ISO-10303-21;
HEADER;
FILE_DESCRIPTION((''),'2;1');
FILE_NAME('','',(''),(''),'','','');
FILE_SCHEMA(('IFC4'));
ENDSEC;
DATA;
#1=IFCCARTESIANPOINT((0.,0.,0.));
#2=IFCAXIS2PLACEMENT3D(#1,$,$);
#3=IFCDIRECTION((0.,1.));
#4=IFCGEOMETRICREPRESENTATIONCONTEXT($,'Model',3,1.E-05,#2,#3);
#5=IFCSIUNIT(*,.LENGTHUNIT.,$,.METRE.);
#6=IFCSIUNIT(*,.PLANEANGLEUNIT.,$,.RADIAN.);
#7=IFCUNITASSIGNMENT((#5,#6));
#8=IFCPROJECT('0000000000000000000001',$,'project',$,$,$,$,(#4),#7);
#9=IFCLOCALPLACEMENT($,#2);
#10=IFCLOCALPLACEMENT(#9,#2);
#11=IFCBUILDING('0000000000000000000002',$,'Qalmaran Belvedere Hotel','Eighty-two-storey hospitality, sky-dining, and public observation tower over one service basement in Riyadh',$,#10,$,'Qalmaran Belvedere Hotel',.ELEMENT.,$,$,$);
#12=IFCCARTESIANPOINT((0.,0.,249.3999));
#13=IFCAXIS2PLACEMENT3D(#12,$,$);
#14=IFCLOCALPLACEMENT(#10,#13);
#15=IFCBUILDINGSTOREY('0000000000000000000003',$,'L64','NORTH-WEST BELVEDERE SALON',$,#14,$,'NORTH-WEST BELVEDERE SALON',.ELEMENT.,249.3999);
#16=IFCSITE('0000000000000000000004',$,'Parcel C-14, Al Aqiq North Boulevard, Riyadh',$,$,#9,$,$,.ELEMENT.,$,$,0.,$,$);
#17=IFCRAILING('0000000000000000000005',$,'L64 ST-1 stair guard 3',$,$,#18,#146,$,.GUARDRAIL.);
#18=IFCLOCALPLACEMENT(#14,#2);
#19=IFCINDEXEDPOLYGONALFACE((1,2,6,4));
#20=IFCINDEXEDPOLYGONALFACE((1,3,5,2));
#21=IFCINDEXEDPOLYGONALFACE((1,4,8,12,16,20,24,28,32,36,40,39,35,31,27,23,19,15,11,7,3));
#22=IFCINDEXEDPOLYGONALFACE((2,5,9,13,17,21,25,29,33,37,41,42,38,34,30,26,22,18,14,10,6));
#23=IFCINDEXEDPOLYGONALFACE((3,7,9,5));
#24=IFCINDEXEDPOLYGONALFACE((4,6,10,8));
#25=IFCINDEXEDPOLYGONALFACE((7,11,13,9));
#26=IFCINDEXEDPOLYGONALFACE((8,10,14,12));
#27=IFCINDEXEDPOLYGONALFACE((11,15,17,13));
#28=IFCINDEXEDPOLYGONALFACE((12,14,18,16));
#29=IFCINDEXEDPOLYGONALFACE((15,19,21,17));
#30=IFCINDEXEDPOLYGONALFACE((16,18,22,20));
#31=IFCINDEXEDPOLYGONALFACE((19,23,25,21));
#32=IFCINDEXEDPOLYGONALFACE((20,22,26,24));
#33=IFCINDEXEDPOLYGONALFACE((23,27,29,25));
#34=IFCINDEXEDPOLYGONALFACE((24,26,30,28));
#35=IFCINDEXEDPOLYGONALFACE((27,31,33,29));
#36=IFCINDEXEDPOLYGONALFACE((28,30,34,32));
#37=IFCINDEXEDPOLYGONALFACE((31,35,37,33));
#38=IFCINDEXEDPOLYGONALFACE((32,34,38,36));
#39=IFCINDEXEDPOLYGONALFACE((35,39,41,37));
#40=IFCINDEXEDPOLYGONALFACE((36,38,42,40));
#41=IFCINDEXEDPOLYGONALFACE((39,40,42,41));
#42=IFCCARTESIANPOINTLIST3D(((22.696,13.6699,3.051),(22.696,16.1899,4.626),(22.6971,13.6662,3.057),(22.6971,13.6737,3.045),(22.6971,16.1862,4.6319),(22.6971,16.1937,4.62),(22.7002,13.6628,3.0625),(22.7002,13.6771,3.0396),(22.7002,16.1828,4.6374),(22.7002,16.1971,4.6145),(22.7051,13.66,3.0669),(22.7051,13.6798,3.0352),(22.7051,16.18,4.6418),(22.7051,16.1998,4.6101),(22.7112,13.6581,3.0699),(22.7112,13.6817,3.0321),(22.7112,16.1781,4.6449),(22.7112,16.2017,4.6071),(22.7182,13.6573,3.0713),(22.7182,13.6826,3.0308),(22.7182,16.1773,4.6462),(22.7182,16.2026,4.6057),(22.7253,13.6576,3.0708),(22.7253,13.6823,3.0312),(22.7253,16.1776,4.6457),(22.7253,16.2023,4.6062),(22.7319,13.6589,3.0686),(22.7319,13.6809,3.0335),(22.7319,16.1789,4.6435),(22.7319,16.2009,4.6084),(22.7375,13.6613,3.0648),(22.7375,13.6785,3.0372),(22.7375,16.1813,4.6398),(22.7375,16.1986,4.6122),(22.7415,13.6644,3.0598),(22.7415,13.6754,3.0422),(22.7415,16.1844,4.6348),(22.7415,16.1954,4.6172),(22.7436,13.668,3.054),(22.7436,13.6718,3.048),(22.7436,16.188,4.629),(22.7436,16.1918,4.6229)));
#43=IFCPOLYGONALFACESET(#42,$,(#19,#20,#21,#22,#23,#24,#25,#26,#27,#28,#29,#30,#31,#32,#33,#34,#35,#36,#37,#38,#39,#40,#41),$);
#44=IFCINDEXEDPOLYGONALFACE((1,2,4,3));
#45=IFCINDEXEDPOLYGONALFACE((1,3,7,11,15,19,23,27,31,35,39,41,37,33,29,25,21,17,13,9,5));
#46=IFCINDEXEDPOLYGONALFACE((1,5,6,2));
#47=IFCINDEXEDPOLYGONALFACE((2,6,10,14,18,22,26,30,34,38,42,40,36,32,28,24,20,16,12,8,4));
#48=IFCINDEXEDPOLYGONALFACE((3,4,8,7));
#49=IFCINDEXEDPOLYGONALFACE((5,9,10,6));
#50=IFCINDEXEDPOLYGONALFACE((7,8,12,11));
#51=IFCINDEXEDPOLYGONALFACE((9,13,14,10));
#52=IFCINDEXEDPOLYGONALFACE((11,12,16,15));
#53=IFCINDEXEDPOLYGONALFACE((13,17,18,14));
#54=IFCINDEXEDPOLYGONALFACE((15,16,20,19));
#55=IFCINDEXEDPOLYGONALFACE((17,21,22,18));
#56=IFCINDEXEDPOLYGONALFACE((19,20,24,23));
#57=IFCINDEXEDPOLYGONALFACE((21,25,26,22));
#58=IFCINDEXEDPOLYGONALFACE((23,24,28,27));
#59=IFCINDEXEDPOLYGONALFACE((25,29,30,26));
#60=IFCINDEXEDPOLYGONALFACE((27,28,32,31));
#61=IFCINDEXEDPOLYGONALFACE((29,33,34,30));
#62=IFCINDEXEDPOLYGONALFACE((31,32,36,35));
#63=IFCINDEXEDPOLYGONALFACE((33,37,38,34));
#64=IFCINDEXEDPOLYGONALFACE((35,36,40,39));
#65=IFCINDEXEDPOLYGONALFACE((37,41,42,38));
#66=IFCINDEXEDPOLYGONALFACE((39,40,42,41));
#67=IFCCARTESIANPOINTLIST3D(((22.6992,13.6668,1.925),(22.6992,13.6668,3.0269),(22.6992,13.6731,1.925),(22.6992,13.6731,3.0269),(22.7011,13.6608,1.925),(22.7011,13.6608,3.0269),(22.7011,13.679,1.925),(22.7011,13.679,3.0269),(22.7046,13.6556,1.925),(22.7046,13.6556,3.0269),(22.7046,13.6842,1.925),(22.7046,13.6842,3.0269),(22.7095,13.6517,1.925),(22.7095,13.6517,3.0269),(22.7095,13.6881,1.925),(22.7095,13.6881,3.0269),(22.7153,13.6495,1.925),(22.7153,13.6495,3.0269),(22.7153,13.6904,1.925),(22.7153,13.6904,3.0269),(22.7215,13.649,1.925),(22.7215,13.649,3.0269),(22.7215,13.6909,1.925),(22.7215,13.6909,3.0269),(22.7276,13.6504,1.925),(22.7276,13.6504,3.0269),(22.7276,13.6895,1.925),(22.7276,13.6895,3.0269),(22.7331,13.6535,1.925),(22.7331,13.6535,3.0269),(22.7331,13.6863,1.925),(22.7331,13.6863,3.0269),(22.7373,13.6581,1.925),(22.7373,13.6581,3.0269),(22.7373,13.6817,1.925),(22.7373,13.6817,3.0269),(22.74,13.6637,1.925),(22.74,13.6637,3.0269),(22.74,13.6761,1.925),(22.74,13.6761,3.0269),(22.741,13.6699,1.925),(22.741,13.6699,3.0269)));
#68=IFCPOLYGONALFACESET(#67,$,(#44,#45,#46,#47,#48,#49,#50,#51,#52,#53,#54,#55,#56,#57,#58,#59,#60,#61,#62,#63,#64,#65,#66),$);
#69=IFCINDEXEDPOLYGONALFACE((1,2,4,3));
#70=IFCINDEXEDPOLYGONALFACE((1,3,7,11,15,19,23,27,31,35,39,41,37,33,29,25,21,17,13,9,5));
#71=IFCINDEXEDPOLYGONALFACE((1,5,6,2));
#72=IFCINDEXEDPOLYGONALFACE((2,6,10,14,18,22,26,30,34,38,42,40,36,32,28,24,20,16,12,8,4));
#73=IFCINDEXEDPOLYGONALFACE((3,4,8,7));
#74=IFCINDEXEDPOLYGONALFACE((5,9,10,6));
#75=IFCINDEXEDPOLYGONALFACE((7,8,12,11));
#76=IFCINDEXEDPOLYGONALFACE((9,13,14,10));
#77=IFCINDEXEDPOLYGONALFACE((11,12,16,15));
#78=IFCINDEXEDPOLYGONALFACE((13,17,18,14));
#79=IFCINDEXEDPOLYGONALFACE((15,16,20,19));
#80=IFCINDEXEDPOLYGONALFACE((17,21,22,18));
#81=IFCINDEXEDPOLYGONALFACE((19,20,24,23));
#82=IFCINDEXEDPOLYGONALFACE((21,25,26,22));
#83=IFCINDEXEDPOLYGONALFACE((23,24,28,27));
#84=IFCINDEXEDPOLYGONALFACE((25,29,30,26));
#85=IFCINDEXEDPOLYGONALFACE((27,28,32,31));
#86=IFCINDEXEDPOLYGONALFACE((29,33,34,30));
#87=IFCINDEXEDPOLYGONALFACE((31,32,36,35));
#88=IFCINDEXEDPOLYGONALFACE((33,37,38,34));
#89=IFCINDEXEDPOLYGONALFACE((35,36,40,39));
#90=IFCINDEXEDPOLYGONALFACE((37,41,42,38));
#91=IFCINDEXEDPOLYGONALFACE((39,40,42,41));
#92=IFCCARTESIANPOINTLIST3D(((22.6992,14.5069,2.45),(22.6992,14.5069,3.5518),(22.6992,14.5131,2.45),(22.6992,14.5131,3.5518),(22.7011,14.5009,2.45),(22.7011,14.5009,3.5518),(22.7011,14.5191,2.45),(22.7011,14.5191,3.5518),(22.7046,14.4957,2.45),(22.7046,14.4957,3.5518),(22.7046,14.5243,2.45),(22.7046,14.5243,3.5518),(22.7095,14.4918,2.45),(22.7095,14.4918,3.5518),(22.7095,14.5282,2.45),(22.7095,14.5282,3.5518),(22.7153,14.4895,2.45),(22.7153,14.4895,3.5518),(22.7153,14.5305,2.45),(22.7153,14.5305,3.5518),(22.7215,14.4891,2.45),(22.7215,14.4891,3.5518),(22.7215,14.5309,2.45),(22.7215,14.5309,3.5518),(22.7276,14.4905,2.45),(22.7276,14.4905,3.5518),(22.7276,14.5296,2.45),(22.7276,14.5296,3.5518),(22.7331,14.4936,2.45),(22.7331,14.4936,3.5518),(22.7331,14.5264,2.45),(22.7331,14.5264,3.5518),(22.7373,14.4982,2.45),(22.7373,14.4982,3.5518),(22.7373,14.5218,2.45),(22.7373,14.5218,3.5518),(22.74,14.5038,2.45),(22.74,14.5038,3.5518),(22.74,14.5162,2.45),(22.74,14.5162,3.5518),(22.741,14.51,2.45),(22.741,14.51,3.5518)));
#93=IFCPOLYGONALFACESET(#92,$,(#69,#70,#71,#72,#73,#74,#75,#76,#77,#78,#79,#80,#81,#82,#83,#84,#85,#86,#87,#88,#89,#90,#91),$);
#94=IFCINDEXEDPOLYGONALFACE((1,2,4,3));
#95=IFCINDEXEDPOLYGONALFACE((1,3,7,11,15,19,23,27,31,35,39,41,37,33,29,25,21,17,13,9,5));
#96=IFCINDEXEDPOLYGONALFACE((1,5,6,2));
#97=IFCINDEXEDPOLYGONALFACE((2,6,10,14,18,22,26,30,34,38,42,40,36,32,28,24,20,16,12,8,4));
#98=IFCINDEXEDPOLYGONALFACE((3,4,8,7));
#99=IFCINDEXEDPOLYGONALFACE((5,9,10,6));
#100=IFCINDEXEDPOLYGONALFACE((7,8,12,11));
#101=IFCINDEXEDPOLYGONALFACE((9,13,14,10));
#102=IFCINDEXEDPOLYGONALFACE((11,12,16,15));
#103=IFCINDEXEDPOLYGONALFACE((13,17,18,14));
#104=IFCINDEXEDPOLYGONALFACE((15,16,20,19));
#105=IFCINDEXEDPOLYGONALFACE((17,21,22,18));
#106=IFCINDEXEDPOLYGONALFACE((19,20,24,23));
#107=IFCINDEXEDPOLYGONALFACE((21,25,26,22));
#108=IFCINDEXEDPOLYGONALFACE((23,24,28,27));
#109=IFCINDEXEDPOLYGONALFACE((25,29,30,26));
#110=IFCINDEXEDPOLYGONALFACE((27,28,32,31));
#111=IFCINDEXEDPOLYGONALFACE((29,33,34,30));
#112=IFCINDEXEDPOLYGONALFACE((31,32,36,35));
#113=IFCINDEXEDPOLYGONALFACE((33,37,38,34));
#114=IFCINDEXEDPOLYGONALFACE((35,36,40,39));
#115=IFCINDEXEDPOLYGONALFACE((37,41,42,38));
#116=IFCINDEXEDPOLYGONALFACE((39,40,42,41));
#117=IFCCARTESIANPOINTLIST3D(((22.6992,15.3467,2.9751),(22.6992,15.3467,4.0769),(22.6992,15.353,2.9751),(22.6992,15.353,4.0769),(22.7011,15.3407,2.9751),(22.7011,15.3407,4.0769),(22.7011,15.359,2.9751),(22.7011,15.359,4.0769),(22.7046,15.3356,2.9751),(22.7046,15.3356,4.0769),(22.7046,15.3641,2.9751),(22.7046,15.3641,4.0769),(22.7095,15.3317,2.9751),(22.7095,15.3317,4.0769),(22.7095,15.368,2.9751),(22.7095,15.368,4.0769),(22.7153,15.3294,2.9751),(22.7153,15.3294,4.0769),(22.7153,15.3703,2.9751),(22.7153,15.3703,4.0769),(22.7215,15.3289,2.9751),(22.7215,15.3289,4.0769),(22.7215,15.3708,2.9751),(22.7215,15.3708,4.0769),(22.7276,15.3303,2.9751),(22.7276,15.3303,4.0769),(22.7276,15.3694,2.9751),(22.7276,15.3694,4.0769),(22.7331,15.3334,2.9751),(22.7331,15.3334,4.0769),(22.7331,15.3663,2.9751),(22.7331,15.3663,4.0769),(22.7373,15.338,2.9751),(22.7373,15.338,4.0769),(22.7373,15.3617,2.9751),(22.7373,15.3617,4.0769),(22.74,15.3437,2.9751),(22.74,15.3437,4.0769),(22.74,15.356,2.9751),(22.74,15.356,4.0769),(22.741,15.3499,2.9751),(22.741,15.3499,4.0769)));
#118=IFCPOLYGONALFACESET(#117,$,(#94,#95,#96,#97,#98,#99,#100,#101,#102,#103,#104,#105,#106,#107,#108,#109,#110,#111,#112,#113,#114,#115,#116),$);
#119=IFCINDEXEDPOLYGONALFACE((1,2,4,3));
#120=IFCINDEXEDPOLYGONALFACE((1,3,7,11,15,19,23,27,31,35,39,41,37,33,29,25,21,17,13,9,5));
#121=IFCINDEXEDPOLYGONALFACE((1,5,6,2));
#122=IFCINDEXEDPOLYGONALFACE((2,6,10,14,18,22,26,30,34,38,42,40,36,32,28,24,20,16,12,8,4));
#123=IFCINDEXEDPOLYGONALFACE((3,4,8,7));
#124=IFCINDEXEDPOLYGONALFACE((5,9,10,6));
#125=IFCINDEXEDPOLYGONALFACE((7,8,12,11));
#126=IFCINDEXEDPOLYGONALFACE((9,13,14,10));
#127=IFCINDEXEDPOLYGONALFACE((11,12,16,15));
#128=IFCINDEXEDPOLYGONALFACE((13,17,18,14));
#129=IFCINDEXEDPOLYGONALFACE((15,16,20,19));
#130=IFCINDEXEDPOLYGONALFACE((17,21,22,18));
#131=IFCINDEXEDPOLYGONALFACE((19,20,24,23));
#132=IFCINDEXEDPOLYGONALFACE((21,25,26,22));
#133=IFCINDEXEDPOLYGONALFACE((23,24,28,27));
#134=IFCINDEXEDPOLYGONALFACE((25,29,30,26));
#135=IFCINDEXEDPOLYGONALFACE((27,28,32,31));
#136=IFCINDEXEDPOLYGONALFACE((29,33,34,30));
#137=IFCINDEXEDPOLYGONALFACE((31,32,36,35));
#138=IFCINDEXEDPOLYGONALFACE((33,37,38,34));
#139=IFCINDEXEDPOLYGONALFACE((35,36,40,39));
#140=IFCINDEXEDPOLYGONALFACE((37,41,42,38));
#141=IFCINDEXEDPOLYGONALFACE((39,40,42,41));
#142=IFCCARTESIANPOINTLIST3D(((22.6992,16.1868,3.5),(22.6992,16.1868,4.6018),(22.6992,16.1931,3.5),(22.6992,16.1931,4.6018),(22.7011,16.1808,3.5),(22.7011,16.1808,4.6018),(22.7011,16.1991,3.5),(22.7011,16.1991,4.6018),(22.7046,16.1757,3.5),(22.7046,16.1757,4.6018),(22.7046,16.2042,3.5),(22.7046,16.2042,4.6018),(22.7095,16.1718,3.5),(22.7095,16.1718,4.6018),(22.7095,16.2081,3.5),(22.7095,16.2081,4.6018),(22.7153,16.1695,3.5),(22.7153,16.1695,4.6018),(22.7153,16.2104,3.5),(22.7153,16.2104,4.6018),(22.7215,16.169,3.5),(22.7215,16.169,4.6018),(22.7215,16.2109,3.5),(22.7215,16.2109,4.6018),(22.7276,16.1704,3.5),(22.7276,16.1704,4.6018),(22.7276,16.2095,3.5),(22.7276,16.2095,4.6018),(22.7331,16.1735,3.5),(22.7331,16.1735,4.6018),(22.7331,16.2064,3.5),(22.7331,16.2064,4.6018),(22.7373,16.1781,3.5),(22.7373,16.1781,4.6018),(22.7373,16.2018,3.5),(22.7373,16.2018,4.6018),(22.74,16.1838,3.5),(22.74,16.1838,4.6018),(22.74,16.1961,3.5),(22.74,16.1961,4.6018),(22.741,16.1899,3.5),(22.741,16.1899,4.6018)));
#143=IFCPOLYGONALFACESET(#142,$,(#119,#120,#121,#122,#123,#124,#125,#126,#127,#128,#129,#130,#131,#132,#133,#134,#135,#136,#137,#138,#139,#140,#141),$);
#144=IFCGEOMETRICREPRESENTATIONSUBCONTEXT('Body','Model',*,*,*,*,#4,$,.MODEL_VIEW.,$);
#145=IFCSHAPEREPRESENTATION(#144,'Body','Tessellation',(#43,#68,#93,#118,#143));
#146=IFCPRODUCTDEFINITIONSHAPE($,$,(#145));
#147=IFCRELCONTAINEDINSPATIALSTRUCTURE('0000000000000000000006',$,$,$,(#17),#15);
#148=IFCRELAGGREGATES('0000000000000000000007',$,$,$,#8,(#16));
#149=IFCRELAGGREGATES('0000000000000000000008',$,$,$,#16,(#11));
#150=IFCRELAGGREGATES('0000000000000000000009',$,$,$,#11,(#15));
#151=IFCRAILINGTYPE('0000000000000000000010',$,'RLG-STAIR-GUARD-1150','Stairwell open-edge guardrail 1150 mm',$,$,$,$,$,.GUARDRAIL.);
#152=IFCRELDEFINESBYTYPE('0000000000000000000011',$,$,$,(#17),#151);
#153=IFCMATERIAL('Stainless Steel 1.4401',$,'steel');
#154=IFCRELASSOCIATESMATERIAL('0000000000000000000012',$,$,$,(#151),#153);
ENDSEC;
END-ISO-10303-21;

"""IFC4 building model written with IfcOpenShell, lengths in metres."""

from ifc_helpers import new_model, si_unit, direction, frame, origin, origin_2d, place, context, subcontext, project, spatial, circle, extrude, material, type_object, element, save


model = new_model("IFC4")

# Units and contexts
model_context = context("Model", 3, precision=1e-05, world=origin(), true_north=direction((0.0, 1.0)))
body_context = subcontext(model_context, "Body", "Model", "MODEL_VIEW")
ifc_project = project(units=[si_unit("LENGTHUNIT", "METRE"), si_unit("PLANEANGLEUNIT", "RADIAN")], contexts=[model_context])

# Site, building, storey
site_placement = place(None, origin())
site = spatial("IfcSite", under=ifc_project, at=site_placement, Name="Parcel C-14, Al Aqiq North Boulevard, Riyadh", CompositionType="ELEMENT", RefElevation=0.0)
building_placement = place(site_placement, origin())
building = spatial("IfcBuilding", under=site, at=building_placement, Name="Qalmaran Belvedere Hotel", Description="Eighty-two-storey hospitality, sky-dining, and public observation tower over one service basement in Riyadh", LongName="Qalmaran Belvedere Hotel", CompositionType="ELEMENT")
storey_placement = place(building_placement, frame((0.0, 0.0, 249.3999)))
storey = spatial("IfcBuildingStorey", under=building, at=storey_placement, Name="L64", Description="NORTH-WEST BELVEDERE SALON", LongName="NORTH-WEST BELVEDERE SALON", CompositionType="ELEMENT", Elevation=249.3999)

# Shared definitions
ifc_material_1 = material(Name="Stainless Steel 1.4401", Category="steel")

# Railing
railing_type_1 = type_object("IfcRailingType", Name="RLG-STAIR-GUARD-1150", Description="Stairwell open-edge guardrail 1150 mm", PredefinedType="GUARDRAIL", material=ifc_material_1)
railing_1_placement = place(storey_placement, frame((22.72, 13.6699, 1.925)))
element("IfcRailing", 1, at=railing_1_placement, inside=storey, type_object=railing_type_1, Name="L64 ST-1 stair guard 3", PredefinedType="GUARDRAIL", context=body_context, shape_type="SweptSolid", body=[
    extrude(circle(Radius=0.0239, at=origin_2d()), frame((0.0, 0.0, 1.126), z_axis=(0.0, 0.848008, 0.529984), x_axis=(-1.0, 0.0, 0.0)), (0.0, 0.0, 1.0), 2.9717),
    extrude(circle(Radius=0.021, at=origin_2d()), origin(), (0.0, 0.0, 1.0), 1.1018),
    extrude(circle(Radius=0.021, at=origin_2d()), frame((0.0, 0.8401, 0.5249)), (0.0, 0.0, 1.0), 1.1018),
    extrude(circle(Radius=0.021, at=origin_2d()), frame((0.0, 1.6799, 1.05)), (0.0, 0.0, 1.0), 1.1018),
    extrude(circle(Radius=0.021, at=origin_2d()), frame((0.0, 2.52, 1.575)), (0.0, 0.0, 1.0), 1.1018),
])

save(model, "model.ifc")
